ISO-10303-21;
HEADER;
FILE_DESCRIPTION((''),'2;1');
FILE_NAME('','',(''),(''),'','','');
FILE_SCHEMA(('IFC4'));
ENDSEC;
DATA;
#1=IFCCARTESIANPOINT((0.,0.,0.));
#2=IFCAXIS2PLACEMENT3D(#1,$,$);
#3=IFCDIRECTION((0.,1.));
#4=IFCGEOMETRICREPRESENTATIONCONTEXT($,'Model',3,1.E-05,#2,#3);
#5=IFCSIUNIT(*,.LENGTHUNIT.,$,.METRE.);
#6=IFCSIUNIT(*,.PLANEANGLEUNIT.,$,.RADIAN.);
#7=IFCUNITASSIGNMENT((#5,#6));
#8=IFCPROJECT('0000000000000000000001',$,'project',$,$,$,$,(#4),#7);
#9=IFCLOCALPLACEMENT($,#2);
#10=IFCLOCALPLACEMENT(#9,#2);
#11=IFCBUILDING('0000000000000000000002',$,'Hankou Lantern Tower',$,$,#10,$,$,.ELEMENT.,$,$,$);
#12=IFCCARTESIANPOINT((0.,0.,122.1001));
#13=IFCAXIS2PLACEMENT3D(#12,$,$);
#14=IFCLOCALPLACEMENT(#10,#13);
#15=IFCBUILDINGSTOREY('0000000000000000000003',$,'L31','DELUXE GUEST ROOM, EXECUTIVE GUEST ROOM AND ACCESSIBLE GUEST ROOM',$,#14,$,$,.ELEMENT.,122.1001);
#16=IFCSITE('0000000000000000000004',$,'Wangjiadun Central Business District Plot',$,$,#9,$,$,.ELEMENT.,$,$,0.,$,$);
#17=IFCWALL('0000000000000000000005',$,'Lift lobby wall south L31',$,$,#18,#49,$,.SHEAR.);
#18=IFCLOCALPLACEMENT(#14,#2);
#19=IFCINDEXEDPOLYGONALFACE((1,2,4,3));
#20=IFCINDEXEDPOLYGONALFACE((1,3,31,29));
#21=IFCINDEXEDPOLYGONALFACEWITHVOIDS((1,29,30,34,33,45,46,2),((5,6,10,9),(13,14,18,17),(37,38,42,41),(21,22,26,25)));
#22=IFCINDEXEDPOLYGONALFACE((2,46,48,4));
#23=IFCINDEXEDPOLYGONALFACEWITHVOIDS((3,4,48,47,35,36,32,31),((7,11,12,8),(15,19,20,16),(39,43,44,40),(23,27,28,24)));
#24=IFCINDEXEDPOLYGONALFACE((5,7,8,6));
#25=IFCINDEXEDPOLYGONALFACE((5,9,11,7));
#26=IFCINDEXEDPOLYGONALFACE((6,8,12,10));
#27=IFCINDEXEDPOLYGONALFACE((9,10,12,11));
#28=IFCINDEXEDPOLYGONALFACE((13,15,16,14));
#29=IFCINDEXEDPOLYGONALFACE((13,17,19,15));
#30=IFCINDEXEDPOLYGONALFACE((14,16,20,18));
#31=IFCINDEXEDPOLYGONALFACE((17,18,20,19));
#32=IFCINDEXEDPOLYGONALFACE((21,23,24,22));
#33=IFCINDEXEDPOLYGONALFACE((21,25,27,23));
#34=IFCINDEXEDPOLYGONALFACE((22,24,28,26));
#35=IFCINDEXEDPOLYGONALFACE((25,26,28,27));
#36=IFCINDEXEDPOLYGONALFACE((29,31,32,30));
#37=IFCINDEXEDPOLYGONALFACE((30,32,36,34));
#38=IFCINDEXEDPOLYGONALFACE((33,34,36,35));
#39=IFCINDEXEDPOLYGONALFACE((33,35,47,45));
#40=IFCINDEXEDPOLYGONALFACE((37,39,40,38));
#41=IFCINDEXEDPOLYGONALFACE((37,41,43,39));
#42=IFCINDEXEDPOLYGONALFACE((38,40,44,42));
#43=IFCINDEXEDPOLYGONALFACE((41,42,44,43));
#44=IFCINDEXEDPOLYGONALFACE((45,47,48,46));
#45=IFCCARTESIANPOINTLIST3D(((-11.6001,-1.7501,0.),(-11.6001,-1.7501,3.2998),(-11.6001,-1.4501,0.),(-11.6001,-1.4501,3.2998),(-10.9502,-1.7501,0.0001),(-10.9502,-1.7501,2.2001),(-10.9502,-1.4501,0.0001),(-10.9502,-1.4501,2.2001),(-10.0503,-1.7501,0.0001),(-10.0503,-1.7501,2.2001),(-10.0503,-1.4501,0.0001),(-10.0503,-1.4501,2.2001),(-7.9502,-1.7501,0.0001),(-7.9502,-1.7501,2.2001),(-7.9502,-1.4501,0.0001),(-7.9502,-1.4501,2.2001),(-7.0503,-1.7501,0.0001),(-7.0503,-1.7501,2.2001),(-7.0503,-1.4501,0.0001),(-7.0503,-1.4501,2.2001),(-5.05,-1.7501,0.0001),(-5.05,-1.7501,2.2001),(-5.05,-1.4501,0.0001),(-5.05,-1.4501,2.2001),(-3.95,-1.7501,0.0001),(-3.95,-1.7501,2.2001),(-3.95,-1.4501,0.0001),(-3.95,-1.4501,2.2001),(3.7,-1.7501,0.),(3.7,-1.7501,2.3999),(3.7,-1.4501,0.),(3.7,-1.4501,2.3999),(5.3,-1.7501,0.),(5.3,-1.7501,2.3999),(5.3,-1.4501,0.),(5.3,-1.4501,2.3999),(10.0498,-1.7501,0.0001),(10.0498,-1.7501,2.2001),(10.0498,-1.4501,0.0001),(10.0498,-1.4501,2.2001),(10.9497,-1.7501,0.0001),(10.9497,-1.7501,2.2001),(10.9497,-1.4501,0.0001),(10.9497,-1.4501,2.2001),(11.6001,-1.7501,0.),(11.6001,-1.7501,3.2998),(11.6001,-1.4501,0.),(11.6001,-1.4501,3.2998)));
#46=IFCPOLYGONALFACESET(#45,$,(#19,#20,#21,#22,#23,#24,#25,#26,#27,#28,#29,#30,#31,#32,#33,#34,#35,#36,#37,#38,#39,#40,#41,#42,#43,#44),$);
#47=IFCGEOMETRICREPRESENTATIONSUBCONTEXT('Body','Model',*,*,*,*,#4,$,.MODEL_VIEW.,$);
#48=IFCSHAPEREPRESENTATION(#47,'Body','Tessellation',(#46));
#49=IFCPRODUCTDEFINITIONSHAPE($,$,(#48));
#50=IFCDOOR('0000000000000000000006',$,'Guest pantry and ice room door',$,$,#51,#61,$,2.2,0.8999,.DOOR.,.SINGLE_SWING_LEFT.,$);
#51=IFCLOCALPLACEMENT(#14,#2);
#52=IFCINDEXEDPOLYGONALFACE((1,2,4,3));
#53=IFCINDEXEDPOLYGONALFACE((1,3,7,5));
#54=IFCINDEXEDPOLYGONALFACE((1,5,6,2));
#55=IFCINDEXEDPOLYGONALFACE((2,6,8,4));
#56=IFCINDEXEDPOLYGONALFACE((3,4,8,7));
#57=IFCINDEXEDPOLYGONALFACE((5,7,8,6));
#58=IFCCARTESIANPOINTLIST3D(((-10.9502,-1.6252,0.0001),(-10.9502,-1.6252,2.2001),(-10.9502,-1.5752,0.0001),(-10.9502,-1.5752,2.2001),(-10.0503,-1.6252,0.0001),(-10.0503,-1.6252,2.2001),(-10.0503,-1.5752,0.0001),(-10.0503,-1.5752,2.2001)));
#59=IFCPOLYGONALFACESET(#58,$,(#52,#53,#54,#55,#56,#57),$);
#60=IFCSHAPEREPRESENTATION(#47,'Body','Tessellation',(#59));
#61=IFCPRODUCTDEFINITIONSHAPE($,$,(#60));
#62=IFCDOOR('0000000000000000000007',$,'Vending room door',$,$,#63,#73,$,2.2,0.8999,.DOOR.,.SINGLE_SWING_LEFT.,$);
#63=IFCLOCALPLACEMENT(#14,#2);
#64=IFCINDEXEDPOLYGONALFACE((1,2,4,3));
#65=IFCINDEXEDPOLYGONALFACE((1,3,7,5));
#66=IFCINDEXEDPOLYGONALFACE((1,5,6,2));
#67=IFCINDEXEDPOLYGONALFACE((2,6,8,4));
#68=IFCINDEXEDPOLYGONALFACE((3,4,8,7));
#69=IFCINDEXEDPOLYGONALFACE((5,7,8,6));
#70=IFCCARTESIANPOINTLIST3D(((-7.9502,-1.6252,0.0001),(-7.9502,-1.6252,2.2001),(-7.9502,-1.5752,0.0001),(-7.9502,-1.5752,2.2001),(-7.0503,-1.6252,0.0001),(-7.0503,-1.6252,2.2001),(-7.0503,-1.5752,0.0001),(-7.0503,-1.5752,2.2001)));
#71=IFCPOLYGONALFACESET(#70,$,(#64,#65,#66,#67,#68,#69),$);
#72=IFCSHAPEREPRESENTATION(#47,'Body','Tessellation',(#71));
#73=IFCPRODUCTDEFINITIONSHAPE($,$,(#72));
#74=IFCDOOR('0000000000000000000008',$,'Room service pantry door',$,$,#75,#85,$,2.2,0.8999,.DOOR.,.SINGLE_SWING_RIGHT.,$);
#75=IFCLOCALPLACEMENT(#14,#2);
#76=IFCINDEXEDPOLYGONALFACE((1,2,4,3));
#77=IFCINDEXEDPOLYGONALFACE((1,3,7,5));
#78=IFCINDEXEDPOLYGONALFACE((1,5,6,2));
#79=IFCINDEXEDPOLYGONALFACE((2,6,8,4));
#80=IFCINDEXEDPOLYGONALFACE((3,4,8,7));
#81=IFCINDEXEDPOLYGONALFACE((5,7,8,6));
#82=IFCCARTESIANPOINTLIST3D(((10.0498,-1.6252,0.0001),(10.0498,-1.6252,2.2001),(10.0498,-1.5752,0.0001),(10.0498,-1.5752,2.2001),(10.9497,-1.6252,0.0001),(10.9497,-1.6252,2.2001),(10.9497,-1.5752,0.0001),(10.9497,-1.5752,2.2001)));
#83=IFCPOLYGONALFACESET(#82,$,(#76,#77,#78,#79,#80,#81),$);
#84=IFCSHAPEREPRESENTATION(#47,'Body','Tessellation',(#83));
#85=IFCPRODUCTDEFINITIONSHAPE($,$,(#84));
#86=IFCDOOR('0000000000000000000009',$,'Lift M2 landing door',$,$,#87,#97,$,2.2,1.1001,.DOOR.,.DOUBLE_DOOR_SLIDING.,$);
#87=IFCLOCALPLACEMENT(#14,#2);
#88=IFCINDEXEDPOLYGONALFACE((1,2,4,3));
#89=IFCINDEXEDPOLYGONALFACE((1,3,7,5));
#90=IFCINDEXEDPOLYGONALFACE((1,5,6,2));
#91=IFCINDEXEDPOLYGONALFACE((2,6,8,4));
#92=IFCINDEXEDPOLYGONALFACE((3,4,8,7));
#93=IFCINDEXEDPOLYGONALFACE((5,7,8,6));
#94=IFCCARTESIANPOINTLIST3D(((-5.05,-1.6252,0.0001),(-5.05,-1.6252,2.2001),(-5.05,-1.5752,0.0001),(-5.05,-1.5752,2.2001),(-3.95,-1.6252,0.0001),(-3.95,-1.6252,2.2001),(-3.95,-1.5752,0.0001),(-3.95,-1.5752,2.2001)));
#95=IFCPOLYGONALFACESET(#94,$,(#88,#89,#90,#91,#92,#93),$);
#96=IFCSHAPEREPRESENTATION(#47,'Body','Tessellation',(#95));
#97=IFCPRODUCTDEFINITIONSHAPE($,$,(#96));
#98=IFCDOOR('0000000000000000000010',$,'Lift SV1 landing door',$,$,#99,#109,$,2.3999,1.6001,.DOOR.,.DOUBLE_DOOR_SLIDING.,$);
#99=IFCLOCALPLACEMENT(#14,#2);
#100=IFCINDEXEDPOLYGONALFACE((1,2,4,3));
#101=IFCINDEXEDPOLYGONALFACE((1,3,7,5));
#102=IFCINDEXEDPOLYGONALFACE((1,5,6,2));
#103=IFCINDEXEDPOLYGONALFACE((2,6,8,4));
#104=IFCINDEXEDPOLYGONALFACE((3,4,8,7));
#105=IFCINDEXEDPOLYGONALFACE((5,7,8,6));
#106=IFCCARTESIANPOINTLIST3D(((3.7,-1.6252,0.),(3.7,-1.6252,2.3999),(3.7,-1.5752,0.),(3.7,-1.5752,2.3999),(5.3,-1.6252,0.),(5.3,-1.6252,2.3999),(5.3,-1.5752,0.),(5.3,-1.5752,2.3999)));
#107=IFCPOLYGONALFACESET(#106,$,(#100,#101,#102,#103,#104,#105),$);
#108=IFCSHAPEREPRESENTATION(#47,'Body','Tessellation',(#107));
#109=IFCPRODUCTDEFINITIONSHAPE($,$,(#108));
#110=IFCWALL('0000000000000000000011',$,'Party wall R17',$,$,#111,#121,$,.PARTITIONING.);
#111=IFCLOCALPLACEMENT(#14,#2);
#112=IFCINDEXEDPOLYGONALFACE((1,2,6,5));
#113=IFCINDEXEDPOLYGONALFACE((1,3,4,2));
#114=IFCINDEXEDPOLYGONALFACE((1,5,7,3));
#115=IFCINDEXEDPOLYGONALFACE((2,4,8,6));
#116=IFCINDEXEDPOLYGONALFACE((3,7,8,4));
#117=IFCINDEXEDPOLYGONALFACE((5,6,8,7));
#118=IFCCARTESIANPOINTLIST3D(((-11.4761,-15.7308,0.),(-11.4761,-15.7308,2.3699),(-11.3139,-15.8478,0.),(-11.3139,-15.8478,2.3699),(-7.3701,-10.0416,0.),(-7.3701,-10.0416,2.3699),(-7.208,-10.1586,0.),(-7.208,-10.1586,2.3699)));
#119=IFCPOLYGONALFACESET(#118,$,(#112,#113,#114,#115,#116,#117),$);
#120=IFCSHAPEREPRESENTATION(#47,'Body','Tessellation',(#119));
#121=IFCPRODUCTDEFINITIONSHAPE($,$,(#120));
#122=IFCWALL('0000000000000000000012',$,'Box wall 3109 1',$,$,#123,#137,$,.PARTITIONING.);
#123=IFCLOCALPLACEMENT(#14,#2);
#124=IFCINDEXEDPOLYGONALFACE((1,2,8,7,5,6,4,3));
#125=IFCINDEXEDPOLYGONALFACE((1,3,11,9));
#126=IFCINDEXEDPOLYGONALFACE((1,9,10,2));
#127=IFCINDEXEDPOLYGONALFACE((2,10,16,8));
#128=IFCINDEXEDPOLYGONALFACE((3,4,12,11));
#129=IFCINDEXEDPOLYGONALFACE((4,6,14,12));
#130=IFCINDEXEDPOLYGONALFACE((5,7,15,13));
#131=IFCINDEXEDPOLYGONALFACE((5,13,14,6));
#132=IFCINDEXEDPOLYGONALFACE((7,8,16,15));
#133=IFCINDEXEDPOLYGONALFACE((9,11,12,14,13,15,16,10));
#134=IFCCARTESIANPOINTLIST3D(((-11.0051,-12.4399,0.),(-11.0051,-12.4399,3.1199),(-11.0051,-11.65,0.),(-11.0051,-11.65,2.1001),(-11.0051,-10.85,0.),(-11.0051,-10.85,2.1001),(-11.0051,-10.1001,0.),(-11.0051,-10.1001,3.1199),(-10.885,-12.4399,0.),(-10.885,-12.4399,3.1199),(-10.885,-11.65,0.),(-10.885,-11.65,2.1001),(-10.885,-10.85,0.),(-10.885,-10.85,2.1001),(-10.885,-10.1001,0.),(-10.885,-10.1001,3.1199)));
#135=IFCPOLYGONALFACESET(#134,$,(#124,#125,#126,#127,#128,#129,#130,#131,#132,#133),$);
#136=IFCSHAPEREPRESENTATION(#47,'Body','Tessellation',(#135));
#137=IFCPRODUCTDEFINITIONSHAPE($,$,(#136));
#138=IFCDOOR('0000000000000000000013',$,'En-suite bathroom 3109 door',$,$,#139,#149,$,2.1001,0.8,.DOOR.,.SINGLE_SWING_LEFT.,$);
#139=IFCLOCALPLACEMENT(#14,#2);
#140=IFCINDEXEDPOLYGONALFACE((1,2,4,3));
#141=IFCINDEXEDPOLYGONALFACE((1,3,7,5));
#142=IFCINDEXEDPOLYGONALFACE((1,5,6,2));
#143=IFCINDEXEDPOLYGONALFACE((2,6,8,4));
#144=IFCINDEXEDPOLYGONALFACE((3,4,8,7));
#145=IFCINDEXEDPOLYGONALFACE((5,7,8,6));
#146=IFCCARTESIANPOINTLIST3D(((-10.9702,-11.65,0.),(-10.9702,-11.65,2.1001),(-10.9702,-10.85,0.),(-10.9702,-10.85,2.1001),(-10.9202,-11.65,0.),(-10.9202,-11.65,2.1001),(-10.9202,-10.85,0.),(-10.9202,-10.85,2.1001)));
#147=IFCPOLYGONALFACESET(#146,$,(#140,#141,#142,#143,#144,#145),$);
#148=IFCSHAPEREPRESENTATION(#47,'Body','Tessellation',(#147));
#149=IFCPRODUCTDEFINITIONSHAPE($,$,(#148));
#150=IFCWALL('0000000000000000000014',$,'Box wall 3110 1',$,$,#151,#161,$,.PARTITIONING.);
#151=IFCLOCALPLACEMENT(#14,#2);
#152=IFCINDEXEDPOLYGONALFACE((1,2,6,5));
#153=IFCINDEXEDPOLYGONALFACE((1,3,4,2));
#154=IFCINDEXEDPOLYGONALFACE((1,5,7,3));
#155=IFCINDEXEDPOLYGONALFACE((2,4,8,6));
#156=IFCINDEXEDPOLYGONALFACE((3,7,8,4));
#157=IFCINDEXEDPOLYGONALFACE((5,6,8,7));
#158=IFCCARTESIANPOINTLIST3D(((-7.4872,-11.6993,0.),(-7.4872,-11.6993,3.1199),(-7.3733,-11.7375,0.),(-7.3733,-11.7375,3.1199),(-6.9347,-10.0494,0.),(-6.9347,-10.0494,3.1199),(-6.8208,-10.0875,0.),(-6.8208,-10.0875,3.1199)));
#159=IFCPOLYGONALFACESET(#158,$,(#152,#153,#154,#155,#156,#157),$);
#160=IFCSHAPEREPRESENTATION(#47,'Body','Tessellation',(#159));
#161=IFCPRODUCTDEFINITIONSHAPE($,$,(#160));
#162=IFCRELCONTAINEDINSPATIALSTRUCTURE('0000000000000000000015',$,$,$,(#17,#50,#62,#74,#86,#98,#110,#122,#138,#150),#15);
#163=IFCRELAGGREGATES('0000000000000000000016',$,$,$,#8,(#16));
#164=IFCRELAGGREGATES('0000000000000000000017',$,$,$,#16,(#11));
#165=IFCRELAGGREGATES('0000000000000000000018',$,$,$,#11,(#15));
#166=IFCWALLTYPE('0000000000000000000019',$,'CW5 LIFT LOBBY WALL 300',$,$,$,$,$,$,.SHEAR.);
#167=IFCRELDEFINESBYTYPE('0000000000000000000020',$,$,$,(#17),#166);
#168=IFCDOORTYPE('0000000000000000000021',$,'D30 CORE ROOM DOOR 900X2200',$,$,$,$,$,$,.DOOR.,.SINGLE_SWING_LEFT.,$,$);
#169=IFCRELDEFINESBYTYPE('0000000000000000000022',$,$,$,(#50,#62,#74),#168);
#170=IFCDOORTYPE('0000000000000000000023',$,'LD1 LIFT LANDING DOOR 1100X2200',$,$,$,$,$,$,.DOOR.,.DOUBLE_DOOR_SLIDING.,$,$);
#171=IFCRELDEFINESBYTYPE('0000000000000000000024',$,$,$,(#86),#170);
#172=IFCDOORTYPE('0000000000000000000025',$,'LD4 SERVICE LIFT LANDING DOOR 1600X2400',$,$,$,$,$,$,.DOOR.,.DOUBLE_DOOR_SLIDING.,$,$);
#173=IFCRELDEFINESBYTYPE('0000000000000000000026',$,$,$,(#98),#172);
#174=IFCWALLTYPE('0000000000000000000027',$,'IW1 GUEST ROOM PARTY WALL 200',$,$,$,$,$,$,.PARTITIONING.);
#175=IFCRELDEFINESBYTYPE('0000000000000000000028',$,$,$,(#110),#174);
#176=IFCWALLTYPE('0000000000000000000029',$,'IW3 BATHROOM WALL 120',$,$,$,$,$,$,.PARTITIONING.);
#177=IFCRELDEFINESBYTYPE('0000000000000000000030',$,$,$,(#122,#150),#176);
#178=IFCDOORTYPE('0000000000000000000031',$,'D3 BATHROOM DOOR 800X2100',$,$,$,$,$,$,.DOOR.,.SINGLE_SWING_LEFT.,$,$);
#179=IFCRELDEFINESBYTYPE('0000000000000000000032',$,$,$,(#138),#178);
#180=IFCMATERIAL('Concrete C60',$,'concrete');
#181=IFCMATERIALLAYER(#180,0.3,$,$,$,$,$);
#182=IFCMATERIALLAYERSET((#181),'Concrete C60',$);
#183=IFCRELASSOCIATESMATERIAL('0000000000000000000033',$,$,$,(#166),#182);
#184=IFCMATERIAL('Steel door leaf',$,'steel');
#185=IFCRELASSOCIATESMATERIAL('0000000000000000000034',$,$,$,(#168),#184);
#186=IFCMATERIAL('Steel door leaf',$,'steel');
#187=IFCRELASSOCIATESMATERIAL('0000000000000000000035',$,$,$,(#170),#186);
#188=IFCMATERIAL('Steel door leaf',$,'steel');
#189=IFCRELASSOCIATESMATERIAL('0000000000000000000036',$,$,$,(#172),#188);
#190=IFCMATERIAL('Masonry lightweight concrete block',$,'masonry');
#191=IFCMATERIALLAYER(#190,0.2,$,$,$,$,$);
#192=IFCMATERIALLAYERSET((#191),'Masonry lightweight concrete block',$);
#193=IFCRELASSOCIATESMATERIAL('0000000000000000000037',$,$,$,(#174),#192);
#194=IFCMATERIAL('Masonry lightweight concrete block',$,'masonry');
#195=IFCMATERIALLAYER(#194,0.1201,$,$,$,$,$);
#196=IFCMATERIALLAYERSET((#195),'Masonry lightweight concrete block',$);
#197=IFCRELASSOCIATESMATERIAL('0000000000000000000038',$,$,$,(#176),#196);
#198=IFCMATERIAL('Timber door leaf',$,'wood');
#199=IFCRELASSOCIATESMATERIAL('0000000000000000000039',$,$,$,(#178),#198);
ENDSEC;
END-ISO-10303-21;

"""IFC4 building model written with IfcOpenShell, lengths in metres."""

from ifc_helpers import new_model, si_unit, direction, frame, frame_2d, origin, place, context, subcontext, project, spatial, rectangle, extrude, material, layer, layer_set, type_object, element, fill, save


model = new_model("IFC4")

# Units and contexts
model_context = context("Model", 3, precision=1e-05, world=origin(), true_north=direction((0.0, 1.0)))
body_context = subcontext(model_context, "Body", "Model", "MODEL_VIEW")
ifc_project = project(units=[si_unit("LENGTHUNIT", "METRE"), si_unit("PLANEANGLEUNIT", "RADIAN")], contexts=[model_context])

# Site, building, storey
site_placement = place(None, origin())
site = spatial("IfcSite", under=ifc_project, at=site_placement, Name="Wangjiadun Central Business District Plot", CompositionType="ELEMENT", RefElevation=0.0)
building_placement = place(site_placement, origin())
building = spatial("IfcBuilding", under=site, at=building_placement, Name="Hankou Lantern Tower", CompositionType="ELEMENT")
storey_placement = place(building_placement, frame((0.0, 0.0, 122.1001)))
storey = spatial("IfcBuildingStorey", under=building, at=storey_placement, Name="L31", Description="DELUXE GUEST ROOM, EXECUTIVE GUEST ROOM AND ACCESSIBLE GUEST ROOM", CompositionType="ELEMENT", Elevation=122.1001)

# Wall, openings, doors
ifc_material_1 = material(Name="Concrete C60", Category="concrete")
ifc_layer_1 = layer(ifc_material_1, 0.3)
ifc_layer_set_1 = layer_set([ifc_layer_1], Name="Concrete C60")
wall_type_1 = type_object("IfcWallType", Name="CW5 LIFT LOBBY WALL 300", PredefinedType="SHEAR", material=ifc_layer_set_1)
wall_1_placement = place(storey_placement, frame((-11.6001, -1.6001, 0.0), z_axis=(0.0, 0.0, 1.0), x_axis=(1.0, 0.0, 0.0)))
wall_1 = element("IfcWall", 1, at=wall_1_placement, inside=storey, type_object=wall_type_1, Name="Lift lobby wall south L31", PredefinedType="SHEAR", context=body_context, shape_type="SweptSolid", body=[
    extrude(rectangle(XDim=23.2002, YDim=0.3, at=frame_2d((11.6001, 0.0))), origin(), (0.0, 0.0, 1.0), 3.2998),
])
opening_1_placement = place(wall_1_placement, frame((6.55, 0.0, 0.0)))
opening_1 = element("IfcOpeningElement", 2, at=opening_1_placement, cuts=wall_1, PredefinedType="OPENING", context=body_context, shape_type="SweptSolid", body=[
    extrude(rectangle(XDim=1.1001, YDim=2.2, at=frame_2d((0.55, 1.1001))), frame((0.0, 0.1599, 0.0), z_axis=(0.0, -1.0, 0.0), x_axis=(1.0, 0.0, 0.0)), (0.0, 0.0, 1.0), 0.3201),
])
opening_2_placement = place(wall_1_placement, frame((15.3, 0.0, 0.0)))
opening_2 = element("IfcOpeningElement", 3, at=opening_2_placement, cuts=wall_1, PredefinedType="OPENING", context=body_context, shape_type="SweptSolid", body=[
    extrude(rectangle(XDim=1.6001, YDim=2.3999, at=frame_2d((0.8, 1.2))), frame((0.0, 0.1599, 0.0), z_axis=(0.0, -1.0, 0.0), x_axis=(1.0, 0.0, 0.0)), (0.0, 0.0, 1.0), 0.3201),
])
opening_3_placement = place(wall_1_placement, frame((0.6499, 0.0, 0.0)))
opening_3 = element("IfcOpeningElement", 4, at=opening_3_placement, cuts=wall_1, PredefinedType="OPENING", context=body_context, shape_type="SweptSolid", body=[
    extrude(rectangle(XDim=0.8999, YDim=2.2, at=frame_2d((0.45, 1.1001))), frame((0.0, 0.1599, 0.0), z_axis=(0.0, -1.0, 0.0), x_axis=(1.0, 0.0, 0.0)), (0.0, 0.0, 1.0), 0.3201),
])
opening_4_placement = place(wall_1_placement, frame((3.6499, 0.0, 0.0)))
opening_4 = element("IfcOpeningElement", 5, at=opening_4_placement, cuts=wall_1, PredefinedType="OPENING", context=body_context, shape_type="SweptSolid", body=[
    extrude(rectangle(XDim=0.8999, YDim=2.2, at=frame_2d((0.45, 1.1001))), frame((0.0, 0.1599, 0.0), z_axis=(0.0, -1.0, 0.0), x_axis=(1.0, 0.0, 0.0)), (0.0, 0.0, 1.0), 0.3201),
])
opening_5_placement = place(wall_1_placement, frame((21.6499, 0.0, 0.0)))
opening_5 = element("IfcOpeningElement", 6, at=opening_5_placement, cuts=wall_1, PredefinedType="OPENING", context=body_context, shape_type="SweptSolid", body=[
    extrude(rectangle(XDim=0.8999, YDim=2.2, at=frame_2d((0.45, 1.1001))), frame((0.0, 0.1599, 0.0), z_axis=(0.0, -1.0, 0.0), x_axis=(1.0, 0.0, 0.0)), (0.0, 0.0, 1.0), 0.3201),
])
ifc_material_2 = material(Name="Steel door leaf", Category="steel")
door_type_1 = type_object("IfcDoorType", Name="D30 CORE ROOM DOOR 900X2200", OperationType="SINGLE_SWING_LEFT", PredefinedType="DOOR", material=ifc_material_2)
door_1_placement = place(opening_3_placement, origin())
door_1 = element("IfcDoor", 7, at=door_1_placement, inside=storey, type_object=door_type_1, Name="Guest pantry and ice room door", OperationType="SINGLE_SWING_LEFT", OverallHeight=2.2, OverallWidth=0.8999, PredefinedType="DOOR", context=body_context, shape_type="SweptSolid", body=[
    extrude(rectangle(XDim=0.8999, YDim=2.2, at=frame_2d((0.45, 1.1001))), frame((0.0, 0.0249, 0.0), z_axis=(0.0, -1.0, 0.0), x_axis=(1.0, 0.0, 0.0)), (0.0, 0.0, 1.0), 0.05),
])
fill(opening_3, door_1)
door_2_placement = place(opening_4_placement, origin())
door_2 = element("IfcDoor", 8, at=door_2_placement, inside=storey, type_object=door_type_1, Name="Vending room door", OperationType="SINGLE_SWING_LEFT", OverallHeight=2.2, OverallWidth=0.8999, PredefinedType="DOOR", context=body_context, shape_type="SweptSolid", body=[
    extrude(rectangle(XDim=0.8999, YDim=2.2, at=frame_2d((0.45, 1.1001))), frame((0.0, 0.0249, 0.0), z_axis=(0.0, -1.0, 0.0), x_axis=(1.0, 0.0, 0.0)), (0.0, 0.0, 1.0), 0.05),
])
fill(opening_4, door_2)
door_3_placement = place(opening_5_placement, origin())
door_3 = element("IfcDoor", 9, at=door_3_placement, inside=storey, type_object=door_type_1, Name="Room service pantry door", OperationType="SINGLE_SWING_RIGHT", OverallHeight=2.2, OverallWidth=0.8999, PredefinedType="DOOR", context=body_context, shape_type="SweptSolid", body=[
    extrude(rectangle(XDim=0.8999, YDim=2.2, at=frame_2d((0.45, 1.1001))), frame((0.0, 0.0249, 0.0), z_axis=(0.0, -1.0, 0.0), x_axis=(1.0, 0.0, 0.0)), (0.0, 0.0, 1.0), 0.05),
])
fill(opening_5, door_3)
ifc_material_3 = material(Name="Steel door leaf", Category="steel")
door_type_2 = type_object("IfcDoorType", Name="LD1 LIFT LANDING DOOR 1100X2200", OperationType="DOUBLE_DOOR_SLIDING", PredefinedType="DOOR", material=ifc_material_3)
door_4_placement = place(opening_1_placement, origin())
door_4 = element("IfcDoor", 10, at=door_4_placement, inside=storey, type_object=door_type_2, Name="Lift M2 landing door", OperationType="DOUBLE_DOOR_SLIDING", OverallHeight=2.2, OverallWidth=1.1001, PredefinedType="DOOR", context=body_context, shape_type="SweptSolid", body=[
    extrude(rectangle(XDim=1.1001, YDim=2.2, at=frame_2d((0.55, 1.1001))), frame((0.0, 0.0249, 0.0), z_axis=(0.0, -1.0, 0.0), x_axis=(1.0, 0.0, 0.0)), (0.0, 0.0, 1.0), 0.05),
])
fill(opening_1, door_4)
ifc_material_4 = material(Name="Steel door leaf", Category="steel")
door_type_3 = type_object("IfcDoorType", Name="LD4 SERVICE LIFT LANDING DOOR 1600X2400", OperationType="DOUBLE_DOOR_SLIDING", PredefinedType="DOOR", material=ifc_material_4)
door_5_placement = place(opening_2_placement, origin())
door_5 = element("IfcDoor", 11, at=door_5_placement, inside=storey, type_object=door_type_3, Name="Lift SV1 landing door", OperationType="DOUBLE_DOOR_SLIDING", OverallHeight=2.3999, OverallWidth=1.6001, PredefinedType="DOOR", context=body_context, shape_type="SweptSolid", body=[
    extrude(rectangle(XDim=1.6001, YDim=2.3999, at=frame_2d((0.8, 1.2))), frame((0.0, 0.0249, 0.0), z_axis=(0.0, -1.0, 0.0), x_axis=(1.0, 0.0, 0.0)), (0.0, 0.0, 1.0), 0.05),
])
fill(opening_2, door_5)

# Wall
ifc_material_5 = material(Name="Masonry lightweight concrete block", Category="masonry")
ifc_layer_2 = layer(ifc_material_5, 0.2)
ifc_layer_set_2 = layer_set([ifc_layer_2], Name="Masonry lightweight concrete block")
wall_type_2 = type_object("IfcWallType", Name="IW1 GUEST ROOM PARTY WALL 200", PredefinedType="PARTITIONING", material=ifc_layer_set_2)
wall_2_placement = place(storey_placement, frame((-7.2891, -10.1001, 0.0), z_axis=(0.0, 0.0, 1.0), x_axis=(-0.585217, -0.810876, 0.0)))
element("IfcWall", 12, at=wall_2_placement, inside=storey, type_object=wall_type_2, Name="Party wall R17", PredefinedType="PARTITIONING", context=body_context, shape_type="SweptSolid", body=[
    extrude(rectangle(XDim=7.0161, YDim=0.2, at=frame_2d((3.5081, 0.0))), origin(), (0.0, 0.0, 1.0), 2.3699),
])

# Wall, opening, door
ifc_material_6 = material(Name="Masonry lightweight concrete block", Category="masonry")
ifc_layer_3 = layer(ifc_material_6, 0.1201)
ifc_layer_set_3 = layer_set([ifc_layer_3], Name="Masonry lightweight concrete block")
wall_type_3 = type_object("IfcWallType", Name="IW3 BATHROOM WALL 120", PredefinedType="PARTITIONING", material=ifc_layer_set_3)
wall_3_placement = place(storey_placement, frame((-10.9451, -10.1001, 0.0), z_axis=(0.0, 0.0, 1.0), x_axis=(0.0, -1.0, 0.0)))
wall_3 = element("IfcWall", 13, at=wall_3_placement, inside=storey, type_object=wall_type_3, Name="Box wall 3109 1", PredefinedType="PARTITIONING", context=body_context, shape_type="SweptSolid", body=[
    extrude(rectangle(XDim=2.3398, YDim=0.1201, at=frame_2d((1.1699, 0.0))), origin(), (0.0, 0.0, 1.0), 3.1199),
])
opening_6_placement = place(wall_3_placement, frame((0.75, 0.0, 0.0)))
opening_6 = element("IfcOpeningElement", 14, at=opening_6_placement, cuts=wall_3, PredefinedType="OPENING", context=body_context, shape_type="SweptSolid", body=[
    extrude(rectangle(XDim=0.8, YDim=2.1001, at=frame_2d((0.3999, 1.05))), frame((0.0, 0.0701, 0.0), z_axis=(0.0, -1.0, 0.0), x_axis=(1.0, 0.0, 0.0)), (0.0, 0.0, 1.0), 0.1401),
])
ifc_material_7 = material(Name="Timber door leaf", Category="wood")
door_type_4 = type_object("IfcDoorType", Name="D3 BATHROOM DOOR 800X2100", OperationType="SINGLE_SWING_LEFT", PredefinedType="DOOR", material=ifc_material_7)
door_6_placement = place(opening_6_placement, origin())
door_6 = element("IfcDoor", 15, at=door_6_placement, inside=storey, type_object=door_type_4, Name="En-suite bathroom 3109 door", OperationType="SINGLE_SWING_LEFT", OverallHeight=2.1001, OverallWidth=0.8, PredefinedType="DOOR", context=body_context, shape_type="SweptSolid", body=[
    extrude(rectangle(XDim=0.8, YDim=2.1001, at=frame_2d((0.3999, 1.05))), frame((0.0, 0.0249, 0.0), z_axis=(0.0, -1.0, 0.0), x_axis=(1.0, 0.0, 0.0)), (0.0, 0.0, 1.0), 0.05),
])
fill(opening_6, door_6)

# Wall
wall_4_placement = place(storey_placement, frame((-6.8777, -10.0684, 0.0), z_axis=(0.0, 0.0, 1.0), x_axis=(-0.317532, -0.948247, 0.0)))
element("IfcWall", 16, at=wall_4_placement, inside=storey, type_object=wall_type_3, Name="Box wall 3110 1", PredefinedType="PARTITIONING", context=body_context, shape_type="SweptSolid", body=[
    extrude(rectangle(XDim=1.74, YDim=0.1201, at=frame_2d((0.8701, 0.0))), origin(), (0.0, 0.0, 1.0), 3.1199),
])

save(model, "model.ifc")
